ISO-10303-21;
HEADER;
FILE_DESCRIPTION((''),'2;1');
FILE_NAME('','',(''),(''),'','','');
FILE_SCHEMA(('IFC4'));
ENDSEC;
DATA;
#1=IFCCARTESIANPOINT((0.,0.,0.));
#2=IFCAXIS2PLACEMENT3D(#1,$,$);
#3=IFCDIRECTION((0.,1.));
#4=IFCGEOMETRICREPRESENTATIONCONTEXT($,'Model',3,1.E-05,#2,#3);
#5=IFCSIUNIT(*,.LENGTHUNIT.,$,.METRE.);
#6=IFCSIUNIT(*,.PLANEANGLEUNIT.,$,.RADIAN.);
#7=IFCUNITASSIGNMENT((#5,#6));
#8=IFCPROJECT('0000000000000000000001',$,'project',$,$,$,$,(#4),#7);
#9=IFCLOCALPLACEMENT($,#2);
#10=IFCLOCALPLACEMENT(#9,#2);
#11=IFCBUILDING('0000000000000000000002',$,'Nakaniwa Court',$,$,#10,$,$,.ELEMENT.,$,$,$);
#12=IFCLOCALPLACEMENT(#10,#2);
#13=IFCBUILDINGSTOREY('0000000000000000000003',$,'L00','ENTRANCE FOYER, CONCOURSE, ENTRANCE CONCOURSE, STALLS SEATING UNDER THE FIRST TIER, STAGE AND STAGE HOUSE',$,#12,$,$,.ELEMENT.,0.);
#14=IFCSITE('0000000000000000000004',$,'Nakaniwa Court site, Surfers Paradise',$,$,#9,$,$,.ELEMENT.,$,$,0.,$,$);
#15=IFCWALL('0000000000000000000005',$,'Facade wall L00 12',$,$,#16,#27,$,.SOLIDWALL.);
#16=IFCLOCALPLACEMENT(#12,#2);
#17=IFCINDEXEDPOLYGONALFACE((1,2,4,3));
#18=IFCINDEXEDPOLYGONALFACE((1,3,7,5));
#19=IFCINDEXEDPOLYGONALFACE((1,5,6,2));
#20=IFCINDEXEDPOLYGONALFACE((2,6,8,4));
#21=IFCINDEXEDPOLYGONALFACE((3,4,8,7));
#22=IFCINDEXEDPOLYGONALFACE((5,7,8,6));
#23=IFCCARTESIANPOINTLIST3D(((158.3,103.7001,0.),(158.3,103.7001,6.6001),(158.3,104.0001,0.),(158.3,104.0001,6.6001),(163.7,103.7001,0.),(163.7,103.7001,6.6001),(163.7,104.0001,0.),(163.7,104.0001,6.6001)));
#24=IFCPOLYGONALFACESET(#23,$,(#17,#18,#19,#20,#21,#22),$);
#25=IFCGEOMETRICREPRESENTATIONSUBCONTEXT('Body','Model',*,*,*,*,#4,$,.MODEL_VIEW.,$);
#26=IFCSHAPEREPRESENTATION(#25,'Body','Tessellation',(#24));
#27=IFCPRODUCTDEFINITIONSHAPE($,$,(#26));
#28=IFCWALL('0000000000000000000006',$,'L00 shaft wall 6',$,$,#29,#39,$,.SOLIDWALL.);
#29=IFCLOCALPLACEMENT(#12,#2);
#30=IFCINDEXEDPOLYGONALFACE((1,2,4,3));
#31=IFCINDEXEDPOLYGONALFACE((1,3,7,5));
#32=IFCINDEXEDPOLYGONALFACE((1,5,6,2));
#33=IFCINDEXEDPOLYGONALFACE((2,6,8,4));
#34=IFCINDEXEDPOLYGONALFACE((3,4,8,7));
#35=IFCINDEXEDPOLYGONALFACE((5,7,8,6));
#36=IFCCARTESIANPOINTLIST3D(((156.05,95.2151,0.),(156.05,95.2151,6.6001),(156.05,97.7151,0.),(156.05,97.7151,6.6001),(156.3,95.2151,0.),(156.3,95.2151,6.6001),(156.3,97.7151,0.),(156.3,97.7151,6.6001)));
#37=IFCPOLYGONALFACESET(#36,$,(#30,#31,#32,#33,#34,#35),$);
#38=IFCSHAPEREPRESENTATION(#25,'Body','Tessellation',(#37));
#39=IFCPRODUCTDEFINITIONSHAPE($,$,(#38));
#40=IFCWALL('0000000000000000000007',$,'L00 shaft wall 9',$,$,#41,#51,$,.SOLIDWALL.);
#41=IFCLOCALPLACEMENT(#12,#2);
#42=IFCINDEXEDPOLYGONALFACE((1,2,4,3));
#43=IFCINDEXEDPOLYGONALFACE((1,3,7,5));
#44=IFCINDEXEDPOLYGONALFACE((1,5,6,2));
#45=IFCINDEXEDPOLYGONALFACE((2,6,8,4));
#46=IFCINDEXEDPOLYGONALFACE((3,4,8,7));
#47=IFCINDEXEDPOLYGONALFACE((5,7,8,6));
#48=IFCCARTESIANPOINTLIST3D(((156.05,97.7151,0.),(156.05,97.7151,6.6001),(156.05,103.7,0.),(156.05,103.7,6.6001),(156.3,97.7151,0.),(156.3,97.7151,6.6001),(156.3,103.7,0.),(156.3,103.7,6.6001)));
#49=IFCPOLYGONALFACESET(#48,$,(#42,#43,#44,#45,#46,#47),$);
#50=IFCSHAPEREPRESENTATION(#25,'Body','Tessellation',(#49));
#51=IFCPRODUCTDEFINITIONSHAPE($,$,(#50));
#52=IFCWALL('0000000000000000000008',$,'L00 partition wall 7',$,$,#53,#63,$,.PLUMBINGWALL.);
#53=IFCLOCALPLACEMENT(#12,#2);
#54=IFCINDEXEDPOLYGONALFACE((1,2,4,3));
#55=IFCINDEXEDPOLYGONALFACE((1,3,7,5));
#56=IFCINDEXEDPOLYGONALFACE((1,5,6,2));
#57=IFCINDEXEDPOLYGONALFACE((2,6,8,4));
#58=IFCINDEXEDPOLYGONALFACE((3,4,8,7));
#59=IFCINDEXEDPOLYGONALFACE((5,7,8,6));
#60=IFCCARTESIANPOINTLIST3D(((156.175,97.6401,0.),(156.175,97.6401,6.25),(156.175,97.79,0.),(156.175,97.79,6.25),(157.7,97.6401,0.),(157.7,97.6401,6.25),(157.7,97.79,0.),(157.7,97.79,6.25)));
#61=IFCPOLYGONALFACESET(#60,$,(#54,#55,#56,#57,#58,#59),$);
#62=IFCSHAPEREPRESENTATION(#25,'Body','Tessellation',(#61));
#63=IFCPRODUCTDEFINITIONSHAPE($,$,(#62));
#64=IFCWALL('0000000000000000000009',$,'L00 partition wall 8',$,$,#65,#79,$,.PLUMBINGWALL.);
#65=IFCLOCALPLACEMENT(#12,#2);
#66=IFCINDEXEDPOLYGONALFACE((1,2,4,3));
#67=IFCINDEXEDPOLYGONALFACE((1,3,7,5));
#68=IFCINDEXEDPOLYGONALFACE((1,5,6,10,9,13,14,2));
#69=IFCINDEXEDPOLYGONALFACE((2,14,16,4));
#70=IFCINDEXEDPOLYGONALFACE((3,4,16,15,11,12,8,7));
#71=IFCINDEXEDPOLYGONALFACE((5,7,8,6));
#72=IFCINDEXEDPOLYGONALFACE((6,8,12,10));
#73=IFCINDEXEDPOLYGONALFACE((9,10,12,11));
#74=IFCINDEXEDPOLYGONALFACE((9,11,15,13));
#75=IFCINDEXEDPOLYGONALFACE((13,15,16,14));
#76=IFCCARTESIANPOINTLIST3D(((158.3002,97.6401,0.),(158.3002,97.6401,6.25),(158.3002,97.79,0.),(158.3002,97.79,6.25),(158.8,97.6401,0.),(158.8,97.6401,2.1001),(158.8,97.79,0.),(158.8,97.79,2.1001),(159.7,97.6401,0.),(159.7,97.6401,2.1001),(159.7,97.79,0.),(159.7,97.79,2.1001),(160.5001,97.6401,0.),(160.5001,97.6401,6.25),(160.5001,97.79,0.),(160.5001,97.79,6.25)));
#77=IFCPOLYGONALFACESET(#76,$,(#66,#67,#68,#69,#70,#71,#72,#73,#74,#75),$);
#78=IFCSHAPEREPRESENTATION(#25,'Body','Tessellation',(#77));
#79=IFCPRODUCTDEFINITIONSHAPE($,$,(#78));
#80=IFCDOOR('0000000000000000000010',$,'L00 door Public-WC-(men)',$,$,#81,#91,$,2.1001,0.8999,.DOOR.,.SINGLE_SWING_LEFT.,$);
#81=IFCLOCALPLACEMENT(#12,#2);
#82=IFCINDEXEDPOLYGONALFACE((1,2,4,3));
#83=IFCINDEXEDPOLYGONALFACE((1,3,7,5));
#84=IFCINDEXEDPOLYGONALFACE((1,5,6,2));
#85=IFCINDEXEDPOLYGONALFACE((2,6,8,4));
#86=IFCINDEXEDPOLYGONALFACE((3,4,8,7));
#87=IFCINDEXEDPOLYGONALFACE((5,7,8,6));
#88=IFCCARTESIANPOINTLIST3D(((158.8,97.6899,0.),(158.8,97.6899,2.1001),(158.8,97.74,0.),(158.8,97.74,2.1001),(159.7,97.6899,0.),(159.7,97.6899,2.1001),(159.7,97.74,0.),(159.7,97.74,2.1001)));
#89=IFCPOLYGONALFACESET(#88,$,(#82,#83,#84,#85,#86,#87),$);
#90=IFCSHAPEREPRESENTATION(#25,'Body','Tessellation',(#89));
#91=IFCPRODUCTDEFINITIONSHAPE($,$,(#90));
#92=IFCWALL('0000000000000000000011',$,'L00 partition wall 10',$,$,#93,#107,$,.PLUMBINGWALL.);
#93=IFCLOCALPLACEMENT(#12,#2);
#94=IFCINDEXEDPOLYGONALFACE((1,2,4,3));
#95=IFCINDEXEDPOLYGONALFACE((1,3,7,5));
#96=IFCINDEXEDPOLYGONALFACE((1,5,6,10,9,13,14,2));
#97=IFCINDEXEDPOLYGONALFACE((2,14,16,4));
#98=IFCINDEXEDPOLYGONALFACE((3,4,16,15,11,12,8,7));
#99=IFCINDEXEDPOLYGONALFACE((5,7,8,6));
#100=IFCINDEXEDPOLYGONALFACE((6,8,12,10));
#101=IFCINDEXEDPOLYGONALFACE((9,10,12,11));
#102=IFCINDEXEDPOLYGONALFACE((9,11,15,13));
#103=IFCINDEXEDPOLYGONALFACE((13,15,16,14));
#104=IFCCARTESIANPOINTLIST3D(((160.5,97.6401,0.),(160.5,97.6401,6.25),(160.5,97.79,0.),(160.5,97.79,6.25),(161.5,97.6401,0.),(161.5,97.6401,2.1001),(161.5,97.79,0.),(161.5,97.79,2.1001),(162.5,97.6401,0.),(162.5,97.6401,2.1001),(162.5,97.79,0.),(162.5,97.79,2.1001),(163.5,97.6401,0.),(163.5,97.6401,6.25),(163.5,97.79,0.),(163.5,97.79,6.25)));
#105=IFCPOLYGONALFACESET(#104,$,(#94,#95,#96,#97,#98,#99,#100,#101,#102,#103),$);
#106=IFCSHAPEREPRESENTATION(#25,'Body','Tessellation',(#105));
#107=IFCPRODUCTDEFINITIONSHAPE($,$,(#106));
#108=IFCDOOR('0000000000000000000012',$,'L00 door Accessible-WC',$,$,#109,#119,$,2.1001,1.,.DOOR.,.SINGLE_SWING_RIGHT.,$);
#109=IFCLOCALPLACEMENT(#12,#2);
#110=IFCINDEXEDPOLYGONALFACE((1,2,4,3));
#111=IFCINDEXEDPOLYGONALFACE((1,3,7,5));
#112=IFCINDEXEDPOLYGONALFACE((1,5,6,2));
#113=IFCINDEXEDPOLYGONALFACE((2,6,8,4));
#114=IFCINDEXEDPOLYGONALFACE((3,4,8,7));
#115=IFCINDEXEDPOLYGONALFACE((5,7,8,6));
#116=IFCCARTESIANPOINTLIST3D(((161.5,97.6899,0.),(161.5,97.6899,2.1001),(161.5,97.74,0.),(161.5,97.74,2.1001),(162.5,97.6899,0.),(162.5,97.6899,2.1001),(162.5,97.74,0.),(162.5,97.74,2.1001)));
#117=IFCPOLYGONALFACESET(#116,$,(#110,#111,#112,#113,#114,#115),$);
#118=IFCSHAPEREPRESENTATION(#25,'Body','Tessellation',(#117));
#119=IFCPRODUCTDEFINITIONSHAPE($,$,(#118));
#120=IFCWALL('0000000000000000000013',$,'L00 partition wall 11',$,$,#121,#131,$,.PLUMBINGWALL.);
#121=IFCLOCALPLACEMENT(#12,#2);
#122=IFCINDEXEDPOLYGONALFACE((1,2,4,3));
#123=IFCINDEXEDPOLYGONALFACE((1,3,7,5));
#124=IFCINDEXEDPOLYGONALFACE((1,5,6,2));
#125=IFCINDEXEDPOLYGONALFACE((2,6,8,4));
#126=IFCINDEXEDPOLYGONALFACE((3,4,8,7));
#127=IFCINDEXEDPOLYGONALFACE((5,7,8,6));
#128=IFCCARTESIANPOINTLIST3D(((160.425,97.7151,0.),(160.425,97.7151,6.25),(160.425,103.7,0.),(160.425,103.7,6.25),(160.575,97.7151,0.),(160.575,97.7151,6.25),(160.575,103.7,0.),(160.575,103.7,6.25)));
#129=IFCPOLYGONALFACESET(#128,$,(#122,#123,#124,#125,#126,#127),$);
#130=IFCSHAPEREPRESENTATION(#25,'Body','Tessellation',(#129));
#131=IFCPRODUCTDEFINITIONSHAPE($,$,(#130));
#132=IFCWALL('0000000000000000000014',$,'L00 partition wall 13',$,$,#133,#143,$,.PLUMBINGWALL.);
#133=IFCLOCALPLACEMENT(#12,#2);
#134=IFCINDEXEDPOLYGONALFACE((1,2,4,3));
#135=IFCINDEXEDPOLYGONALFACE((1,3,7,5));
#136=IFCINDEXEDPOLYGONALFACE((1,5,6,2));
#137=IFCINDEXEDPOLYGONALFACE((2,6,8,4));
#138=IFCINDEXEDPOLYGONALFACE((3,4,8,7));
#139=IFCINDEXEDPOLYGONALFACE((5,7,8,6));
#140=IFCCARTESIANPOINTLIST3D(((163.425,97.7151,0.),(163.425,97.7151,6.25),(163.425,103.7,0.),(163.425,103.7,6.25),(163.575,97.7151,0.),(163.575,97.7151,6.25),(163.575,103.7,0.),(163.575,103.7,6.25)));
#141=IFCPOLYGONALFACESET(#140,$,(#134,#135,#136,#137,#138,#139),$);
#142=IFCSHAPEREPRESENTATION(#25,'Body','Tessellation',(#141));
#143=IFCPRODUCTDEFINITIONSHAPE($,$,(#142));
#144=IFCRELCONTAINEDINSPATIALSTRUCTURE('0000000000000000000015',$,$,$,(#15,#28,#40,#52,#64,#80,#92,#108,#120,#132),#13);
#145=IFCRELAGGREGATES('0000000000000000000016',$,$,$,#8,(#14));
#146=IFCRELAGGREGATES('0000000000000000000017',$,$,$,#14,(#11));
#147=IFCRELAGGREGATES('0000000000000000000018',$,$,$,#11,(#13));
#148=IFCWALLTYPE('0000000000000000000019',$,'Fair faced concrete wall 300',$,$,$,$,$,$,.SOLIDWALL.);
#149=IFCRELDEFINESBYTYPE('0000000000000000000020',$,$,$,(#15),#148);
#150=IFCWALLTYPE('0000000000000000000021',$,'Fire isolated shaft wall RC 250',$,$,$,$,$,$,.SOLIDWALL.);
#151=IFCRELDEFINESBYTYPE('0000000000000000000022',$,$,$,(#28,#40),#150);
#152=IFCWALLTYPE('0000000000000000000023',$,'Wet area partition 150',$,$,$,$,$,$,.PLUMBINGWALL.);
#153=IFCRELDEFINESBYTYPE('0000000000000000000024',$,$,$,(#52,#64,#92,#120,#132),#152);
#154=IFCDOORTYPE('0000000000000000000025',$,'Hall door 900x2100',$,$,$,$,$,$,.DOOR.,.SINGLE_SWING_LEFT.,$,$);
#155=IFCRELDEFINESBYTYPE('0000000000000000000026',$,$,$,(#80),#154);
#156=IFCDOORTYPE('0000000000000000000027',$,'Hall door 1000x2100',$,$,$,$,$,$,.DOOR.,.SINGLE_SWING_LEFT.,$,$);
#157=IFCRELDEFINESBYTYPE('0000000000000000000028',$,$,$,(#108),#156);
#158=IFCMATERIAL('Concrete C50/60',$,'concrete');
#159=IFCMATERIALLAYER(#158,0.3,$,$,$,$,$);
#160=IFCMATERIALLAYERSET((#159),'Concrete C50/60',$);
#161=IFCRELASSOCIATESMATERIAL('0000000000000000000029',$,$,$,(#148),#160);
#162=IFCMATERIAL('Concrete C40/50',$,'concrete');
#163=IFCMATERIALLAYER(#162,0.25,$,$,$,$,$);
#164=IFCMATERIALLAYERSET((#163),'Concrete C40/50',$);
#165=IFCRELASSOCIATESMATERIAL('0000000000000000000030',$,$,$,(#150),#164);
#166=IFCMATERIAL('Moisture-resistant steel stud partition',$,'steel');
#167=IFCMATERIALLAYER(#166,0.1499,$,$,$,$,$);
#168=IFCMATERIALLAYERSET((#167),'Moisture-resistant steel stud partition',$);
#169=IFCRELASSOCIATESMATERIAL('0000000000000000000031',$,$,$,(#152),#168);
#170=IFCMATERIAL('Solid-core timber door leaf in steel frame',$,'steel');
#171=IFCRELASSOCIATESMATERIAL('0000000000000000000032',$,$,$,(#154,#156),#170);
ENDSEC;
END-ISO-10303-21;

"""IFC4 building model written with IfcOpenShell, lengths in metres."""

from ifc_helpers import new_model, si_unit, direction, frame, frame_2d, origin, place, context, subcontext, project, spatial, rectangle, extrude, material, layer, layer_set, type_object, element, fill, save


model = new_model("IFC4")

# Units and contexts
model_context = context("Model", 3, precision=1e-05, world=origin(), true_north=direction((0.0, 1.0)))
body_context = subcontext(model_context, "Body", "Model", "MODEL_VIEW")
ifc_project = project(units=[si_unit("LENGTHUNIT", "METRE"), si_unit("PLANEANGLEUNIT", "RADIAN")], contexts=[model_context])

# Site, building, storey
site_placement = place(None, origin())
site = spatial("IfcSite", under=ifc_project, at=site_placement, Name="Nakaniwa Court site, Surfers Paradise", CompositionType="ELEMENT", RefElevation=0.0)
building_placement = place(site_placement, origin())
building = spatial("IfcBuilding", under=site, at=building_placement, Name="Nakaniwa Court", CompositionType="ELEMENT")
storey_placement = place(building_placement, origin())
storey = spatial("IfcBuildingStorey", under=building, at=storey_placement, Name="L00", Description="ENTRANCE FOYER, CONCOURSE, ENTRANCE CONCOURSE, STALLS SEATING UNDER THE FIRST TIER, STAGE AND STAGE HOUSE", CompositionType="ELEMENT", Elevation=0.0)

# Shared definitions
ifc_material_1 = material(Name="Concrete C40/50", Category="concrete")

# Shared definitions
ifc_material_2 = material(Name="Concrete C50/60", Category="concrete")

# Walls
ifc_layer_1 = layer(ifc_material_2, 0.3)
ifc_layer_set_1 = layer_set([ifc_layer_1], Name="Concrete C50/60")
wall_type_1 = type_object("IfcWallType", Name="Fair faced concrete wall 300", PredefinedType="SOLIDWALL", material=ifc_layer_set_1)
wall_1_placement = place(storey_placement, frame((158.3, 103.8501, 0.0), z_axis=(0.0, 0.0, 1.0), x_axis=(1.0, 0.0, 0.0)))
element("IfcWall", 1, at=wall_1_placement, inside=storey, type_object=wall_type_1, Name="Facade wall L00 12", PredefinedType="SOLIDWALL", context=body_context, shape_type="SweptSolid", body=[
    extrude(rectangle(XDim=5.3999, YDim=0.3, at=frame_2d((2.7, 0.0))), origin(), (0.0, 0.0, 1.0), 6.6001),
])
ifc_layer_2 = layer(ifc_material_1, 0.25)
ifc_layer_set_2 = layer_set([ifc_layer_2], Name="Concrete C40/50")
wall_type_2 = type_object("IfcWallType", Name="Fire isolated shaft wall RC 250", PredefinedType="SOLIDWALL", material=ifc_layer_set_2)
wall_2_placement = place(storey_placement, frame((156.175, 97.7151, 0.0), z_axis=(0.0, 0.0, 1.0), x_axis=(0.0, -1.0, 0.0)))
element("IfcWall", 2, at=wall_2_placement, inside=storey, type_object=wall_type_2, Name="L00 shaft wall 6", PredefinedType="SOLIDWALL", context=body_context, shape_type="SweptSolid", body=[
    extrude(rectangle(XDim=2.5, YDim=0.25, at=frame_2d((1.25, 0.0))), origin(), (0.0, 0.0, 1.0), 6.6001),
])
wall_3_placement = place(storey_placement, frame((156.175, 103.7, 0.0), z_axis=(0.0, 0.0, 1.0), x_axis=(0.0, -1.0, 0.0)))
element("IfcWall", 3, at=wall_3_placement, inside=storey, type_object=wall_type_2, Name="L00 shaft wall 9", PredefinedType="SOLIDWALL", context=body_context, shape_type="SweptSolid", body=[
    extrude(rectangle(XDim=5.9849, YDim=0.25, at=frame_2d((2.9924, 0.0))), origin(), (0.0, 0.0, 1.0), 6.6001),
])
ifc_material_3 = material(Name="Moisture-resistant steel stud partition", Category="steel")
ifc_layer_3 = layer(ifc_material_3, 0.1499)
ifc_layer_set_3 = layer_set([ifc_layer_3], Name="Moisture-resistant steel stud partition")
wall_type_3 = type_object("IfcWallType", Name="Wet area partition 150", PredefinedType="PLUMBINGWALL", material=ifc_layer_set_3)
wall_4_placement = place(storey_placement, frame((156.175, 97.7151, 0.0), z_axis=(0.0, 0.0, 1.0), x_axis=(1.0, 0.0, 0.0)))
element("IfcWall", 4, at=wall_4_placement, inside=storey, type_object=wall_type_3, Name="L00 partition wall 7", PredefinedType="PLUMBINGWALL", context=body_context, shape_type="SweptSolid", body=[
    extrude(rectangle(XDim=1.5249, YDim=0.1499, at=frame_2d((0.7625, 0.0))), origin(), (0.0, 0.0, 1.0), 6.25),
])

# Walls, openings, doors
wall_5_placement = place(storey_placement, frame((158.3, 97.7151, 0.0), z_axis=(0.0, 0.0, 1.0), x_axis=(1.0, 0.0, 0.0)))
wall_5 = element("IfcWall", 5, at=wall_5_placement, inside=storey, type_object=wall_type_3, Name="L00 partition wall 8", PredefinedType="PLUMBINGWALL", context=body_context, shape_type="SweptSolid", body=[
    extrude(rectangle(XDim=2.2, YDim=0.1499, at=frame_2d((1.1001, 0.0))), origin(), (0.0, 0.0, 1.0), 6.25),
])
opening_1_placement = place(wall_5_placement, frame((0.5, 0.0, 0.0)))
opening_1 = element("IfcOpeningElement", 6, at=opening_1_placement, cuts=wall_5, PredefinedType="OPENING", context=body_context, shape_type="SweptSolid", body=[
    extrude(rectangle(XDim=0.8999, YDim=2.1001, at=frame_2d((0.45, 1.05))), frame((0.0, 0.085, 0.0), z_axis=(0.0, -1.0, 0.0), x_axis=(1.0, 0.0, 0.0)), (0.0, 0.0, 1.0), 0.1699),
])
ifc_material_4 = material(Name="Solid-core timber door leaf in steel frame", Category="steel")
door_type_1 = type_object("IfcDoorType", Name="Hall door 900x2100", OperationType="SINGLE_SWING_LEFT", PredefinedType="DOOR", material=ifc_material_4)
door_1_placement = place(opening_1_placement, origin())
door_1 = element("IfcDoor", 7, at=door_1_placement, inside=storey, type_object=door_type_1, Name="L00 door Public-WC-(men)", OperationType="SINGLE_SWING_LEFT", OverallHeight=2.1001, OverallWidth=0.8999, PredefinedType="DOOR", context=body_context, shape_type="SweptSolid", body=[
    extrude(rectangle(XDim=0.8999, YDim=2.1001, at=frame_2d((0.45, 1.05))), frame((0.0, 0.0249, 0.0), z_axis=(0.0, -1.0, 0.0), x_axis=(1.0, 0.0, 0.0)), (0.0, 0.0, 1.0), 0.05),
])
fill(opening_1, door_1)
wall_6_placement = place(storey_placement, frame((160.5, 97.7151, 0.0), z_axis=(0.0, 0.0, 1.0), x_axis=(1.0, 0.0, 0.0)))
wall_6 = element("IfcWall", 8, at=wall_6_placement, inside=storey, type_object=wall_type_3, Name="L00 partition wall 10", PredefinedType="PLUMBINGWALL", context=body_context, shape_type="SweptSolid", body=[
    extrude(rectangle(XDim=3.0, YDim=0.1499, at=frame_2d((1.5, 0.0))), origin(), (0.0, 0.0, 1.0), 6.25),
])
opening_2_placement = place(wall_6_placement, frame((1.0, 0.0, 0.0)))
opening_2 = element("IfcOpeningElement", 9, at=opening_2_placement, cuts=wall_6, PredefinedType="OPENING", context=body_context, shape_type="SweptSolid", body=[
    extrude(rectangle(XDim=1.0, YDim=2.1001, at=frame_2d((0.5, 1.05))), frame((0.0, 0.085, 0.0), z_axis=(0.0, -1.0, 0.0), x_axis=(1.0, 0.0, 0.0)), (0.0, 0.0, 1.0), 0.1699),
])
door_type_2 = type_object("IfcDoorType", Name="Hall door 1000x2100", OperationType="SINGLE_SWING_LEFT", PredefinedType="DOOR", material=ifc_material_4)
door_2_placement = place(opening_2_placement, origin())
door_2 = element("IfcDoor", 10, at=door_2_placement, inside=storey, type_object=door_type_2, Name="L00 door Accessible-WC", OperationType="SINGLE_SWING_RIGHT", OverallHeight=2.1001, OverallWidth=1.0, PredefinedType="DOOR", context=body_context, shape_type="SweptSolid", body=[
    extrude(rectangle(XDim=1.0, YDim=2.1001, at=frame_2d((0.5, 1.05))), frame((0.0, 0.0249, 0.0), z_axis=(0.0, -1.0, 0.0), x_axis=(1.0, 0.0, 0.0)), (0.0, 0.0, 1.0), 0.05),
])
fill(opening_2, door_2)

# Walls
for number, where, z_axis, x_axis, name in (
    (11, (160.5, 103.7, 0.0), (0.0, 0.0, 1.0), (0.0, -1.0, 0.0), "L00 partition wall 11"),
    (12, (163.5, 103.7, 0.0), (0.0, 0.0, 1.0), (0.0, -1.0, 0.0), "L00 partition wall 13"),
):
    element("IfcWall", number, at=place(storey_placement, frame(where, z_axis=z_axis, x_axis=x_axis)), inside=storey, type_object=wall_type_3, Name=name, PredefinedType="PLUMBINGWALL", context=body_context, shape_type="SweptSolid", body=[
        extrude(rectangle(XDim=5.9849, YDim=0.1499, at=frame_2d((2.9924, 0.0))), origin(), (0.0, 0.0, 1.0), 6.25),
    ])

save(model, "model.ifc")
